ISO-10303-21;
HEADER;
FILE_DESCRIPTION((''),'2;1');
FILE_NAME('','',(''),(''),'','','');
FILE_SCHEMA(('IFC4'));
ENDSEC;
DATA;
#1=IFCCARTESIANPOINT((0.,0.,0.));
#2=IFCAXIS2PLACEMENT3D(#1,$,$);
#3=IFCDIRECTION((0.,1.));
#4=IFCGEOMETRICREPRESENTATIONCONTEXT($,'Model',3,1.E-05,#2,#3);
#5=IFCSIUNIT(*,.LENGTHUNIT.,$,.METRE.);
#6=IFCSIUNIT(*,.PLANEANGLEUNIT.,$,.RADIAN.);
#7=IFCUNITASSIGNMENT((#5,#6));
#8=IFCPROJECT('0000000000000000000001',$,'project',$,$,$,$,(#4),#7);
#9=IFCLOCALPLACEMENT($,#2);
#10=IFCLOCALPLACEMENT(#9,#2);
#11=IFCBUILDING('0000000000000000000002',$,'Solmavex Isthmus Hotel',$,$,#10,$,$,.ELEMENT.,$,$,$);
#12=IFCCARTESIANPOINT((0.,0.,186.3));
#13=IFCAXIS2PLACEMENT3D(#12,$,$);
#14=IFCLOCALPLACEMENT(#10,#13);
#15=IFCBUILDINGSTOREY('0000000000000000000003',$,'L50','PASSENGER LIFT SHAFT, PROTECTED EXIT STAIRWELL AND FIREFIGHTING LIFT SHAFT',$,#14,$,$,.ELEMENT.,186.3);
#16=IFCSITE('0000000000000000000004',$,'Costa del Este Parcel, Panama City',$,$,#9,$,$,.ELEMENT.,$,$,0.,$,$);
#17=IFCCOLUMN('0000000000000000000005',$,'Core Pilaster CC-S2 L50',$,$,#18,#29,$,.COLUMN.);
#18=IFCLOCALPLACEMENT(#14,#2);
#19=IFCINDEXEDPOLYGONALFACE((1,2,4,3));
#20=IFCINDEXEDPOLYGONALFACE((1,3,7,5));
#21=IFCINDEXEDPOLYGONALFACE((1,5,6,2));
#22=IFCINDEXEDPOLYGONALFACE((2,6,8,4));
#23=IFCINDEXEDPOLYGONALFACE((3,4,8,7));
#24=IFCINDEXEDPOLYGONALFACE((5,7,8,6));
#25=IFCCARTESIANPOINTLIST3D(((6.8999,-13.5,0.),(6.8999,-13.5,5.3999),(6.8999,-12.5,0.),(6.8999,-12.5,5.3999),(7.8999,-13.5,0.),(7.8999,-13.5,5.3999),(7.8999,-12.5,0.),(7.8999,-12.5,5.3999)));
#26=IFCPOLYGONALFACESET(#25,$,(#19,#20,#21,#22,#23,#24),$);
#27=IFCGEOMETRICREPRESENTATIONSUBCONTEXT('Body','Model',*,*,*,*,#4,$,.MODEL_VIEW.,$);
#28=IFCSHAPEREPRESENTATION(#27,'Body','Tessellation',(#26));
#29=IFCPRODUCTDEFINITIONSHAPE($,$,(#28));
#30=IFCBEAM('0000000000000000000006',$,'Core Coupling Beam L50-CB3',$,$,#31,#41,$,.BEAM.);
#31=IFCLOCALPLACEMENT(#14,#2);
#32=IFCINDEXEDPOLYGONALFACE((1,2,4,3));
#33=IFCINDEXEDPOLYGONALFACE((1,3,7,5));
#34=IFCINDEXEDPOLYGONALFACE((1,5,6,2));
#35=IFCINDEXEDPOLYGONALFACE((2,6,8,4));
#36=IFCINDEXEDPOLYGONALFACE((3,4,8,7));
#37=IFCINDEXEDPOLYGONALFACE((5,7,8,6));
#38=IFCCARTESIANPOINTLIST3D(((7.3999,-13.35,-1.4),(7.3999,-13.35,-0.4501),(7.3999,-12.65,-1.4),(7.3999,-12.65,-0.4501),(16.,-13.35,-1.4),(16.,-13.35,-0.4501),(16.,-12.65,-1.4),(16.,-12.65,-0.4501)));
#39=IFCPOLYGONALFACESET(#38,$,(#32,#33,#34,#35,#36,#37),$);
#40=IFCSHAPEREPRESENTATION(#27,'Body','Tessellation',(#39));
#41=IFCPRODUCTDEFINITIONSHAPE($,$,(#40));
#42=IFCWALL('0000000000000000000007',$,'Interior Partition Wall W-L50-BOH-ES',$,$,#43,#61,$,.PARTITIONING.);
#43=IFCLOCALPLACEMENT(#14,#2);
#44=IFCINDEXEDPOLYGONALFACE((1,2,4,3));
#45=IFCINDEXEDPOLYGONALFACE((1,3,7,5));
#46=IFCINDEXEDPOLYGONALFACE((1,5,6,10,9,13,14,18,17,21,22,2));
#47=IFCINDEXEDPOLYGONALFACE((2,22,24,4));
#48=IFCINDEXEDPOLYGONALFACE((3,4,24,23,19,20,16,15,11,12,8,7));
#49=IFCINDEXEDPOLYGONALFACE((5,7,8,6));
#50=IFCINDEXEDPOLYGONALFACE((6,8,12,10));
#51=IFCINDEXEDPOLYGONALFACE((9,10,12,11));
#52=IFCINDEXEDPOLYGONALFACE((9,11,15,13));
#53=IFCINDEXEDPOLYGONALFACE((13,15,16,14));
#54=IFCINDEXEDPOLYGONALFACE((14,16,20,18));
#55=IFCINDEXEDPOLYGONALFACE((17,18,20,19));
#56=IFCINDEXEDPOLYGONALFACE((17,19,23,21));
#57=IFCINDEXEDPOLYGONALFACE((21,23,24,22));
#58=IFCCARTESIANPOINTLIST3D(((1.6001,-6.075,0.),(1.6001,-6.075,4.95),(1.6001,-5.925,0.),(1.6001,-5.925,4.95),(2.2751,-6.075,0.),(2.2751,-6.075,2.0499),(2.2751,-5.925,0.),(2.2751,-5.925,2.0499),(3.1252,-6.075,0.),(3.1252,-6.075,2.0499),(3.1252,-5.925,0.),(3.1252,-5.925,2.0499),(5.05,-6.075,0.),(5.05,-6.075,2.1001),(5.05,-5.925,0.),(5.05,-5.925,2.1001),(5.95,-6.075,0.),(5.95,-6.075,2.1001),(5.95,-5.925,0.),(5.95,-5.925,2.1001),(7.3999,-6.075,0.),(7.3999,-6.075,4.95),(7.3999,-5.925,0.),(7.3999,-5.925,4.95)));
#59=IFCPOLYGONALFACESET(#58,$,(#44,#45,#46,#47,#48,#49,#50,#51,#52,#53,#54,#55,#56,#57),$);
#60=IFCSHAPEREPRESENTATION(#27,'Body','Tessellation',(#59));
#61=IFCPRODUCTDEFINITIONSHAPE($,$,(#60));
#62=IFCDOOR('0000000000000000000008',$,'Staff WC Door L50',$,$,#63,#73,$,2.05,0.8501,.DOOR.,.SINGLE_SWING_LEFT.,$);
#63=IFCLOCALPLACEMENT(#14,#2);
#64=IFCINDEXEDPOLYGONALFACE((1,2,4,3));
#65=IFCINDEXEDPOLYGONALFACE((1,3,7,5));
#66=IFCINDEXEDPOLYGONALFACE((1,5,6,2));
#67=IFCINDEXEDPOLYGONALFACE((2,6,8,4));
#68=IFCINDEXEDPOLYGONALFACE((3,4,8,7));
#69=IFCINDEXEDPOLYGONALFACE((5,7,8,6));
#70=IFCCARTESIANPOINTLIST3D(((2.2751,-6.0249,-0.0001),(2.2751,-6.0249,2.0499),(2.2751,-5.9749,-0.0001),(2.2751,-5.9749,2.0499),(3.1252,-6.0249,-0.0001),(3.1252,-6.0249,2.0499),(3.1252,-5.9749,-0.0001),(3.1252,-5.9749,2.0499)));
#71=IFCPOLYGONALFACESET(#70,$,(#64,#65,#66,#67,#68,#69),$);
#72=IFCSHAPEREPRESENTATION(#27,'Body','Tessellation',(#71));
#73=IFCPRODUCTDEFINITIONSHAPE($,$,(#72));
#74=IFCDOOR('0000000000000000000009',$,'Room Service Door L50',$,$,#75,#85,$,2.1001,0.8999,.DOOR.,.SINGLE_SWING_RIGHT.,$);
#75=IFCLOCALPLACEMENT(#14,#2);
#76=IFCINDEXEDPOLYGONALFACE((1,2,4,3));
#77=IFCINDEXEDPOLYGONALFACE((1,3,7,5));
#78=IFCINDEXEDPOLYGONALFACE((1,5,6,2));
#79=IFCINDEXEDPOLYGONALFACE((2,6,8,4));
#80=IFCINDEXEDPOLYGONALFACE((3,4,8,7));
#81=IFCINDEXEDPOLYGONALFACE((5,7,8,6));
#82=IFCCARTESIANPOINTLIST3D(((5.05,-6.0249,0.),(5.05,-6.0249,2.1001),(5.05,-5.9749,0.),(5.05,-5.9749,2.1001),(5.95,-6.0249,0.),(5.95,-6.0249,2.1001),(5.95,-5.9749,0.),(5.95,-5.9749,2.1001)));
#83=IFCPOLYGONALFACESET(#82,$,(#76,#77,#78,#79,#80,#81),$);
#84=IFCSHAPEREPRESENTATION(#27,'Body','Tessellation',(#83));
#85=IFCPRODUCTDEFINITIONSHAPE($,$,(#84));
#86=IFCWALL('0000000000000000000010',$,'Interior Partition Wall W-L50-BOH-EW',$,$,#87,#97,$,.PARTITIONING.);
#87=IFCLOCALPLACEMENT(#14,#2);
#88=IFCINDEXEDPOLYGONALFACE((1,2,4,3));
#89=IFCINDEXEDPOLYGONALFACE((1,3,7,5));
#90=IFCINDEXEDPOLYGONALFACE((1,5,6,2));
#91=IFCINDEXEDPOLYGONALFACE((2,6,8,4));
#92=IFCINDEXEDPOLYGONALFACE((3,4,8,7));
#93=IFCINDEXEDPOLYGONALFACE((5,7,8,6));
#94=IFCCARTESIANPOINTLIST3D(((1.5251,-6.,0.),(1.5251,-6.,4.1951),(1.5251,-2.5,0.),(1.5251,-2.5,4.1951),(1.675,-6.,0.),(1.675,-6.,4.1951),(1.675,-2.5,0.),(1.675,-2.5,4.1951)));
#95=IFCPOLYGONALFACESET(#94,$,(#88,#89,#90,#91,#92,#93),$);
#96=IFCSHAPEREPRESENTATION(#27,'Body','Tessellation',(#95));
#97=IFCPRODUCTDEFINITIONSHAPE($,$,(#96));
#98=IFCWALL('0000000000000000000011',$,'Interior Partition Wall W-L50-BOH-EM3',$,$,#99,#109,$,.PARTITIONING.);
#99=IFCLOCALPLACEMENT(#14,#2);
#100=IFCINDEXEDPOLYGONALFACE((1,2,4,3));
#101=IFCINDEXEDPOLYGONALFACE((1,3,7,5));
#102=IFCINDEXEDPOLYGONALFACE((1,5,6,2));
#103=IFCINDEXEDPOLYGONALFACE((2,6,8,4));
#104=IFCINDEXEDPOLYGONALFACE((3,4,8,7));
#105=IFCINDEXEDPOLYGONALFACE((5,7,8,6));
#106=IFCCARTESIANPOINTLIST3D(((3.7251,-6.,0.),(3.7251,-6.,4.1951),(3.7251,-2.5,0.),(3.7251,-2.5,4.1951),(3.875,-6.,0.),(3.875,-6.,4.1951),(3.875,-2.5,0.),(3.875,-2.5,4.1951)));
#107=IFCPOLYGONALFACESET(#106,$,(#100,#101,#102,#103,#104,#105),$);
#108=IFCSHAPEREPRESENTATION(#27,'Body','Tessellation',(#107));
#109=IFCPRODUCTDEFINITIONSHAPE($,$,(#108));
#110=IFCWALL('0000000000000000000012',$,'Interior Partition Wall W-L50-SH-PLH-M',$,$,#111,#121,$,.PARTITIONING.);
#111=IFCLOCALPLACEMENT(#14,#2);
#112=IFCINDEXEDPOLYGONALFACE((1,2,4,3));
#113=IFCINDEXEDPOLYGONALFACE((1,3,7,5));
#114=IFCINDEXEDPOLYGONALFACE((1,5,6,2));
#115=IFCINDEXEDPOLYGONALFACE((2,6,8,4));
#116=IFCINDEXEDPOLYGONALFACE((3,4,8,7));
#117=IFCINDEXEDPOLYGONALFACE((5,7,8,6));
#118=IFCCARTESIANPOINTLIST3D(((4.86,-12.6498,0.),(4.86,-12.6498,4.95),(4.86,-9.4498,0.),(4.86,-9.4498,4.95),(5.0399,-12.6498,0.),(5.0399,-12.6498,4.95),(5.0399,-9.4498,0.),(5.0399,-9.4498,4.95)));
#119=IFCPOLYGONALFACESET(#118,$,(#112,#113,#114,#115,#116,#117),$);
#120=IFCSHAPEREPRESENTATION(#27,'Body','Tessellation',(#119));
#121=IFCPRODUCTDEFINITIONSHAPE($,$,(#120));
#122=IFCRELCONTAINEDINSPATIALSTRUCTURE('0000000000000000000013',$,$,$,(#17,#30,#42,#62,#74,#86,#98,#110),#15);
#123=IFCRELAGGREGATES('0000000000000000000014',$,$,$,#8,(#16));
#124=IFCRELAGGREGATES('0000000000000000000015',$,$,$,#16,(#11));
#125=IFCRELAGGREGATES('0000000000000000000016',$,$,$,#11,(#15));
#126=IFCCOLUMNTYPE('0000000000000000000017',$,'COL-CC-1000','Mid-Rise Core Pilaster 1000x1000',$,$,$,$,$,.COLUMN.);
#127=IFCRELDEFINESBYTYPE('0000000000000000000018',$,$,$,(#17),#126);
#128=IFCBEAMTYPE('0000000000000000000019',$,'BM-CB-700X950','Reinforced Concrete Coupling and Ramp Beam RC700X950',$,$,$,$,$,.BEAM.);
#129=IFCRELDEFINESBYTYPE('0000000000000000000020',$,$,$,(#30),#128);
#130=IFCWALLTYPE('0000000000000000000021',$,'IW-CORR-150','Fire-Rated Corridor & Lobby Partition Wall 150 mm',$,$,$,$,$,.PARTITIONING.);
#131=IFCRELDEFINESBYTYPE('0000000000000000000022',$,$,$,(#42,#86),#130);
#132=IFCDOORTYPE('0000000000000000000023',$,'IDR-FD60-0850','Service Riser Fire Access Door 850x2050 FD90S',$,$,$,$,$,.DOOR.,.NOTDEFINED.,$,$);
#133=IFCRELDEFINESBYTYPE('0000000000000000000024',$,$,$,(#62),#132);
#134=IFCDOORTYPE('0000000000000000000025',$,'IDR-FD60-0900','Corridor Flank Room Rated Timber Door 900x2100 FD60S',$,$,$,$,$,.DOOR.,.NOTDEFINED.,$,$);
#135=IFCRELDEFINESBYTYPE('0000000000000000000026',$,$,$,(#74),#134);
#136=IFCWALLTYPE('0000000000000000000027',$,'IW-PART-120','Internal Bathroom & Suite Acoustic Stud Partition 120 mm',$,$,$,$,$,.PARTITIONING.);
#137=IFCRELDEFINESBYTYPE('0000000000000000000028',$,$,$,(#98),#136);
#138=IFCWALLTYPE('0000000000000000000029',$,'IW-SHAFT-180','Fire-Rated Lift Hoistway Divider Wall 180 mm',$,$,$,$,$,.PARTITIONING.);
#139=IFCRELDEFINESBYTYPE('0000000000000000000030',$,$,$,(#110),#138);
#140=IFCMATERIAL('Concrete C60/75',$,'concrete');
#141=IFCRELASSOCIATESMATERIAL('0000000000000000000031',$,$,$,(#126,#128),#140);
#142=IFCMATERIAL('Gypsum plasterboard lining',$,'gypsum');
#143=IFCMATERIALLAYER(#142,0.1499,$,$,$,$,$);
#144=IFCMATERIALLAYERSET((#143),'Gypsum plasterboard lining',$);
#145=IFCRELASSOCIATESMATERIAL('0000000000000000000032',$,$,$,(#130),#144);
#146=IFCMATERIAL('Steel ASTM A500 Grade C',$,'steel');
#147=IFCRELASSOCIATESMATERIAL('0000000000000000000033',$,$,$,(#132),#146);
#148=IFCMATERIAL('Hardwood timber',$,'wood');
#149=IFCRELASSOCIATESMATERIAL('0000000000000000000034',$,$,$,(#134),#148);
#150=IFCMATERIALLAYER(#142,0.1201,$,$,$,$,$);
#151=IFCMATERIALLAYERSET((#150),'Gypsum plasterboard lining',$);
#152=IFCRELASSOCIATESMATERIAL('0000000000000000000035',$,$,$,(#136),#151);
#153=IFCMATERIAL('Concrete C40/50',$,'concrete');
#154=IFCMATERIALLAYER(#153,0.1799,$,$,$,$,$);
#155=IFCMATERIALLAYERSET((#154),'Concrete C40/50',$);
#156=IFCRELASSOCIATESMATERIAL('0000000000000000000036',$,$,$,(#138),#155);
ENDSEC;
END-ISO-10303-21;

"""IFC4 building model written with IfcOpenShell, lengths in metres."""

from ifc_helpers import new_model, si_unit, direction, frame, frame_2d, origin, origin_2d, place, context, subcontext, project, spatial, rectangle, extrude, material, layer, layer_set, material_profile, profile_set, type_object, element, fill, save


model = new_model("IFC4")

# Units and contexts
model_context = context("Model", 3, precision=1e-05, world=origin(), true_north=direction((0.0, 1.0)))
body_context = subcontext(model_context, "Body", "Model", "MODEL_VIEW")
ifc_project = project(units=[si_unit("LENGTHUNIT", "METRE"), si_unit("PLANEANGLEUNIT", "RADIAN")], contexts=[model_context])

# Site, building, storey
site_placement = place(None, origin())
site = spatial("IfcSite", under=ifc_project, at=site_placement, Name="Costa del Este Parcel, Panama City", CompositionType="ELEMENT", RefElevation=0.0)
building_placement = place(site_placement, origin())
building = spatial("IfcBuilding", under=site, at=building_placement, Name="Solmavex Isthmus Hotel", CompositionType="ELEMENT")
storey_placement = place(building_placement, frame((0.0, 0.0, 186.3)))
storey = spatial("IfcBuildingStorey", under=building, at=storey_placement, Name="L50", Description="PASSENGER LIFT SHAFT, PROTECTED EXIT STAIRWELL AND FIREFIGHTING LIFT SHAFT", CompositionType="ELEMENT", Elevation=186.3)

# Column
ifc_material_1 = material(Name="Concrete C60/75", Category="concrete")
ifc_material_profile_1 = material_profile(ifc_material_1, rectangle(XDim=1.0, YDim=1.0, at=origin_2d()), Name="RC1000X1000")
ifc_profile_set_1 = profile_set([ifc_material_profile_1], Name="Concrete C60/75")
column_type = type_object("IfcColumnType", Name="COL-CC-1000", Description="Mid-Rise Core Pilaster 1000x1000", PredefinedType="COLUMN", material=ifc_profile_set_1)
column_placement = place(storey_placement, frame((7.3999, -13.0, 0.0), z_axis=(0.0, 0.0, 1.0), x_axis=(1.0, 0.0, 0.0)))
element("IfcColumn", 1, at=column_placement, inside=storey, type_object=column_type, Name="Core Pilaster CC-S2 L50", PredefinedType="COLUMN", context=body_context, shape_type="SweptSolid", body=[
    extrude(rectangle(XDim=1.0, YDim=1.0, at=origin_2d()), origin(), (0.0, 0.0, 1.0), 5.3999),
])

# Beam
ifc_material_profile_2 = material_profile(ifc_material_1, rectangle(XDim=0.7, YDim=0.95, at=origin_2d()), Name="RC700X950")
ifc_profile_set_2 = profile_set([ifc_material_profile_2], Name="Concrete C60/75")
beam_type = type_object("IfcBeamType", Name="BM-CB-700X950", Description="Reinforced Concrete Coupling and Ramp Beam RC700X950", PredefinedType="BEAM", material=ifc_profile_set_2)
beam_placement = place(storey_placement, frame((7.3999, -13.0, -0.925), z_axis=(1.0, 0.0, 0.0), x_axis=(0.0, 1.0, 0.0)))
element("IfcBeam", 2, at=beam_placement, inside=storey, type_object=beam_type, Name="Core Coupling Beam L50-CB3", PredefinedType="BEAM", context=body_context, shape_type="SweptSolid", body=[
    extrude(rectangle(XDim=0.7, YDim=0.95, at=origin_2d()), origin(), (0.0, 0.0, 1.0), 8.6001),
])

# Wall, openings, doors
ifc_material_2 = material(Name="Gypsum plasterboard lining", Category="gypsum")
ifc_layer_1 = layer(ifc_material_2, 0.1499)
ifc_layer_set_1 = layer_set([ifc_layer_1], Name="Gypsum plasterboard lining")
wall_type_1 = type_object("IfcWallType", Name="IW-CORR-150", Description="Fire-Rated Corridor & Lobby Partition Wall 150 mm", PredefinedType="PARTITIONING", material=ifc_layer_set_1)
wall_1_placement = place(storey_placement, frame((1.6001, -6.0, 0.0), z_axis=(0.0, 0.0, 1.0), x_axis=(1.0, 0.0, 0.0)))
wall_1 = element("IfcWall", 3, at=wall_1_placement, inside=storey, type_object=wall_type_1, Name="Interior Partition Wall W-L50-BOH-ES", PredefinedType="PARTITIONING", context=body_context, shape_type="SweptSolid", body=[
    extrude(rectangle(XDim=5.7998, YDim=0.1499, at=frame_2d((2.8999, 0.0))), origin(), (0.0, 0.0, 1.0), 4.95),
])
opening_1_placement = place(wall_1_placement, frame((0.675, 0.0, 0.0)))
opening_1 = element("IfcOpeningElement", 4, at=opening_1_placement, cuts=wall_1, PredefinedType="OPENING", context=body_context, shape_type="SweptSolid", body=[
    extrude(rectangle(XDim=0.8501, YDim=2.05, at=frame_2d((0.425, 1.0249))), frame((0.0, 0.085, 0.0), z_axis=(0.0, -1.0, 0.0), x_axis=(1.0, 0.0, 0.0)), (0.0, 0.0, 1.0), 0.1699),
])
opening_2_placement = place(wall_1_placement, frame((3.45, 0.0, 0.0)))
opening_2 = element("IfcOpeningElement", 5, at=opening_2_placement, cuts=wall_1, PredefinedType="OPENING", context=body_context, shape_type="SweptSolid", body=[
    extrude(rectangle(XDim=0.8999, YDim=2.1001, at=frame_2d((0.45, 1.05))), frame((0.0, 0.085, 0.0), z_axis=(0.0, -1.0, 0.0), x_axis=(1.0, 0.0, 0.0)), (0.0, 0.0, 1.0), 0.1699),
])
ifc_material_3 = material(Name="Steel ASTM A500 Grade C", Category="steel")
door_type_1 = type_object("IfcDoorType", Name="IDR-FD60-0850", Description="Service Riser Fire Access Door 850x2050 FD90S", OperationType="NOTDEFINED", PredefinedType="DOOR", material=ifc_material_3)
door_1_placement = place(opening_1_placement, frame((0.8501, 0.0, 0.0), z_axis=(0.0, 0.0, 1.0), x_axis=(-1.0, 0.0, 0.0)))
door_1 = element("IfcDoor", 6, at=door_1_placement, inside=storey, type_object=door_type_1, Name="Staff WC Door L50", OperationType="SINGLE_SWING_LEFT", OverallHeight=2.05, OverallWidth=0.8501, PredefinedType="DOOR", context=body_context, shape_type="SweptSolid", body=[
    extrude(rectangle(XDim=0.8501, YDim=2.05, at=frame_2d((0.425, 1.0249))), frame((0.0, 0.0249, 0.0), z_axis=(0.0, -1.0, 0.0), x_axis=(1.0, 0.0, 0.0)), (0.0, 0.0, 1.0), 0.05),
])
fill(opening_1, door_1)
ifc_material_4 = material(Name="Hardwood timber", Category="wood")
door_type_2 = type_object("IfcDoorType", Name="IDR-FD60-0900", Description="Corridor Flank Room Rated Timber Door 900x2100 FD60S", OperationType="NOTDEFINED", PredefinedType="DOOR", material=ifc_material_4)
door_2_placement = place(opening_2_placement, frame((0.8999, 0.0, 0.0), z_axis=(0.0, 0.0, 1.0), x_axis=(-1.0, 0.0, 0.0)))
door_2 = element("IfcDoor", 7, at=door_2_placement, inside=storey, type_object=door_type_2, Name="Room Service Door L50", OperationType="SINGLE_SWING_RIGHT", OverallHeight=2.1001, OverallWidth=0.8999, PredefinedType="DOOR", context=body_context, shape_type="SweptSolid", body=[
    extrude(rectangle(XDim=0.8999, YDim=2.1001, at=frame_2d((0.45, 1.05))), frame((0.0, 0.0249, 0.0), z_axis=(0.0, -1.0, 0.0), x_axis=(1.0, 0.0, 0.0)), (0.0, 0.0, 1.0), 0.05),
])
fill(opening_2, door_2)

# Walls
wall_2_placement = place(storey_placement, frame((1.6001, -6.0, 0.0), z_axis=(0.0, 0.0, 1.0), x_axis=(0.0, 1.0, 0.0)))
element("IfcWall", 8, at=wall_2_placement, inside=storey, type_object=wall_type_1, Name="Interior Partition Wall W-L50-BOH-EW", PredefinedType="PARTITIONING", context=body_context, shape_type="SweptSolid", body=[
    extrude(rectangle(XDim=3.5, YDim=0.1499, at=frame_2d((1.75, 0.0))), origin(), (0.0, 0.0, 1.0), 4.1951),
])
ifc_layer_2 = layer(ifc_material_2, 0.1201)
ifc_layer_set_2 = layer_set([ifc_layer_2], Name="Gypsum plasterboard lining")
wall_type_2 = type_object("IfcWallType", Name="IW-PART-120", Description="Internal Bathroom & Suite Acoustic Stud Partition 120 mm", PredefinedType="PARTITIONING", material=ifc_layer_set_2)
wall_3_placement = place(storey_placement, frame((3.8, -6.0, 0.0), z_axis=(0.0, 0.0, 1.0), x_axis=(0.0, 1.0, 0.0)))
element("IfcWall", 9, at=wall_3_placement, inside=storey, type_object=wall_type_2, Name="Interior Partition Wall W-L50-BOH-EM3", PredefinedType="PARTITIONING", context=body_context, shape_type="SweptSolid", body=[
    extrude(rectangle(XDim=3.5, YDim=0.1499, at=frame_2d((1.75, 0.0))), origin(), (0.0, 0.0, 1.0), 4.1951),
])
ifc_material_5 = material(Name="Concrete C40/50", Category="concrete")
ifc_layer_3 = layer(ifc_material_5, 0.1799)
ifc_layer_set_3 = layer_set([ifc_layer_3], Name="Concrete C40/50")
wall_type_3 = type_object("IfcWallType", Name="IW-SHAFT-180", Description="Fire-Rated Lift Hoistway Divider Wall 180 mm", PredefinedType="PARTITIONING", material=ifc_layer_set_3)
wall_4_placement = place(storey_placement, frame((4.95, -12.6499, 0.0), z_axis=(0.0, 0.0, 1.0), x_axis=(0.0, 1.0, 0.0)))
element("IfcWall", 10, at=wall_4_placement, inside=storey, type_object=wall_type_3, Name="Interior Partition Wall W-L50-SH-PLH-M", PredefinedType="PARTITIONING", context=body_context, shape_type="SweptSolid", body=[
    extrude(rectangle(XDim=3.2, YDim=0.1799, at=frame_2d((1.6001, 0.0))), origin(), (0.0, 0.0, 1.0), 4.95),
])

save(model, "model.ifc")
